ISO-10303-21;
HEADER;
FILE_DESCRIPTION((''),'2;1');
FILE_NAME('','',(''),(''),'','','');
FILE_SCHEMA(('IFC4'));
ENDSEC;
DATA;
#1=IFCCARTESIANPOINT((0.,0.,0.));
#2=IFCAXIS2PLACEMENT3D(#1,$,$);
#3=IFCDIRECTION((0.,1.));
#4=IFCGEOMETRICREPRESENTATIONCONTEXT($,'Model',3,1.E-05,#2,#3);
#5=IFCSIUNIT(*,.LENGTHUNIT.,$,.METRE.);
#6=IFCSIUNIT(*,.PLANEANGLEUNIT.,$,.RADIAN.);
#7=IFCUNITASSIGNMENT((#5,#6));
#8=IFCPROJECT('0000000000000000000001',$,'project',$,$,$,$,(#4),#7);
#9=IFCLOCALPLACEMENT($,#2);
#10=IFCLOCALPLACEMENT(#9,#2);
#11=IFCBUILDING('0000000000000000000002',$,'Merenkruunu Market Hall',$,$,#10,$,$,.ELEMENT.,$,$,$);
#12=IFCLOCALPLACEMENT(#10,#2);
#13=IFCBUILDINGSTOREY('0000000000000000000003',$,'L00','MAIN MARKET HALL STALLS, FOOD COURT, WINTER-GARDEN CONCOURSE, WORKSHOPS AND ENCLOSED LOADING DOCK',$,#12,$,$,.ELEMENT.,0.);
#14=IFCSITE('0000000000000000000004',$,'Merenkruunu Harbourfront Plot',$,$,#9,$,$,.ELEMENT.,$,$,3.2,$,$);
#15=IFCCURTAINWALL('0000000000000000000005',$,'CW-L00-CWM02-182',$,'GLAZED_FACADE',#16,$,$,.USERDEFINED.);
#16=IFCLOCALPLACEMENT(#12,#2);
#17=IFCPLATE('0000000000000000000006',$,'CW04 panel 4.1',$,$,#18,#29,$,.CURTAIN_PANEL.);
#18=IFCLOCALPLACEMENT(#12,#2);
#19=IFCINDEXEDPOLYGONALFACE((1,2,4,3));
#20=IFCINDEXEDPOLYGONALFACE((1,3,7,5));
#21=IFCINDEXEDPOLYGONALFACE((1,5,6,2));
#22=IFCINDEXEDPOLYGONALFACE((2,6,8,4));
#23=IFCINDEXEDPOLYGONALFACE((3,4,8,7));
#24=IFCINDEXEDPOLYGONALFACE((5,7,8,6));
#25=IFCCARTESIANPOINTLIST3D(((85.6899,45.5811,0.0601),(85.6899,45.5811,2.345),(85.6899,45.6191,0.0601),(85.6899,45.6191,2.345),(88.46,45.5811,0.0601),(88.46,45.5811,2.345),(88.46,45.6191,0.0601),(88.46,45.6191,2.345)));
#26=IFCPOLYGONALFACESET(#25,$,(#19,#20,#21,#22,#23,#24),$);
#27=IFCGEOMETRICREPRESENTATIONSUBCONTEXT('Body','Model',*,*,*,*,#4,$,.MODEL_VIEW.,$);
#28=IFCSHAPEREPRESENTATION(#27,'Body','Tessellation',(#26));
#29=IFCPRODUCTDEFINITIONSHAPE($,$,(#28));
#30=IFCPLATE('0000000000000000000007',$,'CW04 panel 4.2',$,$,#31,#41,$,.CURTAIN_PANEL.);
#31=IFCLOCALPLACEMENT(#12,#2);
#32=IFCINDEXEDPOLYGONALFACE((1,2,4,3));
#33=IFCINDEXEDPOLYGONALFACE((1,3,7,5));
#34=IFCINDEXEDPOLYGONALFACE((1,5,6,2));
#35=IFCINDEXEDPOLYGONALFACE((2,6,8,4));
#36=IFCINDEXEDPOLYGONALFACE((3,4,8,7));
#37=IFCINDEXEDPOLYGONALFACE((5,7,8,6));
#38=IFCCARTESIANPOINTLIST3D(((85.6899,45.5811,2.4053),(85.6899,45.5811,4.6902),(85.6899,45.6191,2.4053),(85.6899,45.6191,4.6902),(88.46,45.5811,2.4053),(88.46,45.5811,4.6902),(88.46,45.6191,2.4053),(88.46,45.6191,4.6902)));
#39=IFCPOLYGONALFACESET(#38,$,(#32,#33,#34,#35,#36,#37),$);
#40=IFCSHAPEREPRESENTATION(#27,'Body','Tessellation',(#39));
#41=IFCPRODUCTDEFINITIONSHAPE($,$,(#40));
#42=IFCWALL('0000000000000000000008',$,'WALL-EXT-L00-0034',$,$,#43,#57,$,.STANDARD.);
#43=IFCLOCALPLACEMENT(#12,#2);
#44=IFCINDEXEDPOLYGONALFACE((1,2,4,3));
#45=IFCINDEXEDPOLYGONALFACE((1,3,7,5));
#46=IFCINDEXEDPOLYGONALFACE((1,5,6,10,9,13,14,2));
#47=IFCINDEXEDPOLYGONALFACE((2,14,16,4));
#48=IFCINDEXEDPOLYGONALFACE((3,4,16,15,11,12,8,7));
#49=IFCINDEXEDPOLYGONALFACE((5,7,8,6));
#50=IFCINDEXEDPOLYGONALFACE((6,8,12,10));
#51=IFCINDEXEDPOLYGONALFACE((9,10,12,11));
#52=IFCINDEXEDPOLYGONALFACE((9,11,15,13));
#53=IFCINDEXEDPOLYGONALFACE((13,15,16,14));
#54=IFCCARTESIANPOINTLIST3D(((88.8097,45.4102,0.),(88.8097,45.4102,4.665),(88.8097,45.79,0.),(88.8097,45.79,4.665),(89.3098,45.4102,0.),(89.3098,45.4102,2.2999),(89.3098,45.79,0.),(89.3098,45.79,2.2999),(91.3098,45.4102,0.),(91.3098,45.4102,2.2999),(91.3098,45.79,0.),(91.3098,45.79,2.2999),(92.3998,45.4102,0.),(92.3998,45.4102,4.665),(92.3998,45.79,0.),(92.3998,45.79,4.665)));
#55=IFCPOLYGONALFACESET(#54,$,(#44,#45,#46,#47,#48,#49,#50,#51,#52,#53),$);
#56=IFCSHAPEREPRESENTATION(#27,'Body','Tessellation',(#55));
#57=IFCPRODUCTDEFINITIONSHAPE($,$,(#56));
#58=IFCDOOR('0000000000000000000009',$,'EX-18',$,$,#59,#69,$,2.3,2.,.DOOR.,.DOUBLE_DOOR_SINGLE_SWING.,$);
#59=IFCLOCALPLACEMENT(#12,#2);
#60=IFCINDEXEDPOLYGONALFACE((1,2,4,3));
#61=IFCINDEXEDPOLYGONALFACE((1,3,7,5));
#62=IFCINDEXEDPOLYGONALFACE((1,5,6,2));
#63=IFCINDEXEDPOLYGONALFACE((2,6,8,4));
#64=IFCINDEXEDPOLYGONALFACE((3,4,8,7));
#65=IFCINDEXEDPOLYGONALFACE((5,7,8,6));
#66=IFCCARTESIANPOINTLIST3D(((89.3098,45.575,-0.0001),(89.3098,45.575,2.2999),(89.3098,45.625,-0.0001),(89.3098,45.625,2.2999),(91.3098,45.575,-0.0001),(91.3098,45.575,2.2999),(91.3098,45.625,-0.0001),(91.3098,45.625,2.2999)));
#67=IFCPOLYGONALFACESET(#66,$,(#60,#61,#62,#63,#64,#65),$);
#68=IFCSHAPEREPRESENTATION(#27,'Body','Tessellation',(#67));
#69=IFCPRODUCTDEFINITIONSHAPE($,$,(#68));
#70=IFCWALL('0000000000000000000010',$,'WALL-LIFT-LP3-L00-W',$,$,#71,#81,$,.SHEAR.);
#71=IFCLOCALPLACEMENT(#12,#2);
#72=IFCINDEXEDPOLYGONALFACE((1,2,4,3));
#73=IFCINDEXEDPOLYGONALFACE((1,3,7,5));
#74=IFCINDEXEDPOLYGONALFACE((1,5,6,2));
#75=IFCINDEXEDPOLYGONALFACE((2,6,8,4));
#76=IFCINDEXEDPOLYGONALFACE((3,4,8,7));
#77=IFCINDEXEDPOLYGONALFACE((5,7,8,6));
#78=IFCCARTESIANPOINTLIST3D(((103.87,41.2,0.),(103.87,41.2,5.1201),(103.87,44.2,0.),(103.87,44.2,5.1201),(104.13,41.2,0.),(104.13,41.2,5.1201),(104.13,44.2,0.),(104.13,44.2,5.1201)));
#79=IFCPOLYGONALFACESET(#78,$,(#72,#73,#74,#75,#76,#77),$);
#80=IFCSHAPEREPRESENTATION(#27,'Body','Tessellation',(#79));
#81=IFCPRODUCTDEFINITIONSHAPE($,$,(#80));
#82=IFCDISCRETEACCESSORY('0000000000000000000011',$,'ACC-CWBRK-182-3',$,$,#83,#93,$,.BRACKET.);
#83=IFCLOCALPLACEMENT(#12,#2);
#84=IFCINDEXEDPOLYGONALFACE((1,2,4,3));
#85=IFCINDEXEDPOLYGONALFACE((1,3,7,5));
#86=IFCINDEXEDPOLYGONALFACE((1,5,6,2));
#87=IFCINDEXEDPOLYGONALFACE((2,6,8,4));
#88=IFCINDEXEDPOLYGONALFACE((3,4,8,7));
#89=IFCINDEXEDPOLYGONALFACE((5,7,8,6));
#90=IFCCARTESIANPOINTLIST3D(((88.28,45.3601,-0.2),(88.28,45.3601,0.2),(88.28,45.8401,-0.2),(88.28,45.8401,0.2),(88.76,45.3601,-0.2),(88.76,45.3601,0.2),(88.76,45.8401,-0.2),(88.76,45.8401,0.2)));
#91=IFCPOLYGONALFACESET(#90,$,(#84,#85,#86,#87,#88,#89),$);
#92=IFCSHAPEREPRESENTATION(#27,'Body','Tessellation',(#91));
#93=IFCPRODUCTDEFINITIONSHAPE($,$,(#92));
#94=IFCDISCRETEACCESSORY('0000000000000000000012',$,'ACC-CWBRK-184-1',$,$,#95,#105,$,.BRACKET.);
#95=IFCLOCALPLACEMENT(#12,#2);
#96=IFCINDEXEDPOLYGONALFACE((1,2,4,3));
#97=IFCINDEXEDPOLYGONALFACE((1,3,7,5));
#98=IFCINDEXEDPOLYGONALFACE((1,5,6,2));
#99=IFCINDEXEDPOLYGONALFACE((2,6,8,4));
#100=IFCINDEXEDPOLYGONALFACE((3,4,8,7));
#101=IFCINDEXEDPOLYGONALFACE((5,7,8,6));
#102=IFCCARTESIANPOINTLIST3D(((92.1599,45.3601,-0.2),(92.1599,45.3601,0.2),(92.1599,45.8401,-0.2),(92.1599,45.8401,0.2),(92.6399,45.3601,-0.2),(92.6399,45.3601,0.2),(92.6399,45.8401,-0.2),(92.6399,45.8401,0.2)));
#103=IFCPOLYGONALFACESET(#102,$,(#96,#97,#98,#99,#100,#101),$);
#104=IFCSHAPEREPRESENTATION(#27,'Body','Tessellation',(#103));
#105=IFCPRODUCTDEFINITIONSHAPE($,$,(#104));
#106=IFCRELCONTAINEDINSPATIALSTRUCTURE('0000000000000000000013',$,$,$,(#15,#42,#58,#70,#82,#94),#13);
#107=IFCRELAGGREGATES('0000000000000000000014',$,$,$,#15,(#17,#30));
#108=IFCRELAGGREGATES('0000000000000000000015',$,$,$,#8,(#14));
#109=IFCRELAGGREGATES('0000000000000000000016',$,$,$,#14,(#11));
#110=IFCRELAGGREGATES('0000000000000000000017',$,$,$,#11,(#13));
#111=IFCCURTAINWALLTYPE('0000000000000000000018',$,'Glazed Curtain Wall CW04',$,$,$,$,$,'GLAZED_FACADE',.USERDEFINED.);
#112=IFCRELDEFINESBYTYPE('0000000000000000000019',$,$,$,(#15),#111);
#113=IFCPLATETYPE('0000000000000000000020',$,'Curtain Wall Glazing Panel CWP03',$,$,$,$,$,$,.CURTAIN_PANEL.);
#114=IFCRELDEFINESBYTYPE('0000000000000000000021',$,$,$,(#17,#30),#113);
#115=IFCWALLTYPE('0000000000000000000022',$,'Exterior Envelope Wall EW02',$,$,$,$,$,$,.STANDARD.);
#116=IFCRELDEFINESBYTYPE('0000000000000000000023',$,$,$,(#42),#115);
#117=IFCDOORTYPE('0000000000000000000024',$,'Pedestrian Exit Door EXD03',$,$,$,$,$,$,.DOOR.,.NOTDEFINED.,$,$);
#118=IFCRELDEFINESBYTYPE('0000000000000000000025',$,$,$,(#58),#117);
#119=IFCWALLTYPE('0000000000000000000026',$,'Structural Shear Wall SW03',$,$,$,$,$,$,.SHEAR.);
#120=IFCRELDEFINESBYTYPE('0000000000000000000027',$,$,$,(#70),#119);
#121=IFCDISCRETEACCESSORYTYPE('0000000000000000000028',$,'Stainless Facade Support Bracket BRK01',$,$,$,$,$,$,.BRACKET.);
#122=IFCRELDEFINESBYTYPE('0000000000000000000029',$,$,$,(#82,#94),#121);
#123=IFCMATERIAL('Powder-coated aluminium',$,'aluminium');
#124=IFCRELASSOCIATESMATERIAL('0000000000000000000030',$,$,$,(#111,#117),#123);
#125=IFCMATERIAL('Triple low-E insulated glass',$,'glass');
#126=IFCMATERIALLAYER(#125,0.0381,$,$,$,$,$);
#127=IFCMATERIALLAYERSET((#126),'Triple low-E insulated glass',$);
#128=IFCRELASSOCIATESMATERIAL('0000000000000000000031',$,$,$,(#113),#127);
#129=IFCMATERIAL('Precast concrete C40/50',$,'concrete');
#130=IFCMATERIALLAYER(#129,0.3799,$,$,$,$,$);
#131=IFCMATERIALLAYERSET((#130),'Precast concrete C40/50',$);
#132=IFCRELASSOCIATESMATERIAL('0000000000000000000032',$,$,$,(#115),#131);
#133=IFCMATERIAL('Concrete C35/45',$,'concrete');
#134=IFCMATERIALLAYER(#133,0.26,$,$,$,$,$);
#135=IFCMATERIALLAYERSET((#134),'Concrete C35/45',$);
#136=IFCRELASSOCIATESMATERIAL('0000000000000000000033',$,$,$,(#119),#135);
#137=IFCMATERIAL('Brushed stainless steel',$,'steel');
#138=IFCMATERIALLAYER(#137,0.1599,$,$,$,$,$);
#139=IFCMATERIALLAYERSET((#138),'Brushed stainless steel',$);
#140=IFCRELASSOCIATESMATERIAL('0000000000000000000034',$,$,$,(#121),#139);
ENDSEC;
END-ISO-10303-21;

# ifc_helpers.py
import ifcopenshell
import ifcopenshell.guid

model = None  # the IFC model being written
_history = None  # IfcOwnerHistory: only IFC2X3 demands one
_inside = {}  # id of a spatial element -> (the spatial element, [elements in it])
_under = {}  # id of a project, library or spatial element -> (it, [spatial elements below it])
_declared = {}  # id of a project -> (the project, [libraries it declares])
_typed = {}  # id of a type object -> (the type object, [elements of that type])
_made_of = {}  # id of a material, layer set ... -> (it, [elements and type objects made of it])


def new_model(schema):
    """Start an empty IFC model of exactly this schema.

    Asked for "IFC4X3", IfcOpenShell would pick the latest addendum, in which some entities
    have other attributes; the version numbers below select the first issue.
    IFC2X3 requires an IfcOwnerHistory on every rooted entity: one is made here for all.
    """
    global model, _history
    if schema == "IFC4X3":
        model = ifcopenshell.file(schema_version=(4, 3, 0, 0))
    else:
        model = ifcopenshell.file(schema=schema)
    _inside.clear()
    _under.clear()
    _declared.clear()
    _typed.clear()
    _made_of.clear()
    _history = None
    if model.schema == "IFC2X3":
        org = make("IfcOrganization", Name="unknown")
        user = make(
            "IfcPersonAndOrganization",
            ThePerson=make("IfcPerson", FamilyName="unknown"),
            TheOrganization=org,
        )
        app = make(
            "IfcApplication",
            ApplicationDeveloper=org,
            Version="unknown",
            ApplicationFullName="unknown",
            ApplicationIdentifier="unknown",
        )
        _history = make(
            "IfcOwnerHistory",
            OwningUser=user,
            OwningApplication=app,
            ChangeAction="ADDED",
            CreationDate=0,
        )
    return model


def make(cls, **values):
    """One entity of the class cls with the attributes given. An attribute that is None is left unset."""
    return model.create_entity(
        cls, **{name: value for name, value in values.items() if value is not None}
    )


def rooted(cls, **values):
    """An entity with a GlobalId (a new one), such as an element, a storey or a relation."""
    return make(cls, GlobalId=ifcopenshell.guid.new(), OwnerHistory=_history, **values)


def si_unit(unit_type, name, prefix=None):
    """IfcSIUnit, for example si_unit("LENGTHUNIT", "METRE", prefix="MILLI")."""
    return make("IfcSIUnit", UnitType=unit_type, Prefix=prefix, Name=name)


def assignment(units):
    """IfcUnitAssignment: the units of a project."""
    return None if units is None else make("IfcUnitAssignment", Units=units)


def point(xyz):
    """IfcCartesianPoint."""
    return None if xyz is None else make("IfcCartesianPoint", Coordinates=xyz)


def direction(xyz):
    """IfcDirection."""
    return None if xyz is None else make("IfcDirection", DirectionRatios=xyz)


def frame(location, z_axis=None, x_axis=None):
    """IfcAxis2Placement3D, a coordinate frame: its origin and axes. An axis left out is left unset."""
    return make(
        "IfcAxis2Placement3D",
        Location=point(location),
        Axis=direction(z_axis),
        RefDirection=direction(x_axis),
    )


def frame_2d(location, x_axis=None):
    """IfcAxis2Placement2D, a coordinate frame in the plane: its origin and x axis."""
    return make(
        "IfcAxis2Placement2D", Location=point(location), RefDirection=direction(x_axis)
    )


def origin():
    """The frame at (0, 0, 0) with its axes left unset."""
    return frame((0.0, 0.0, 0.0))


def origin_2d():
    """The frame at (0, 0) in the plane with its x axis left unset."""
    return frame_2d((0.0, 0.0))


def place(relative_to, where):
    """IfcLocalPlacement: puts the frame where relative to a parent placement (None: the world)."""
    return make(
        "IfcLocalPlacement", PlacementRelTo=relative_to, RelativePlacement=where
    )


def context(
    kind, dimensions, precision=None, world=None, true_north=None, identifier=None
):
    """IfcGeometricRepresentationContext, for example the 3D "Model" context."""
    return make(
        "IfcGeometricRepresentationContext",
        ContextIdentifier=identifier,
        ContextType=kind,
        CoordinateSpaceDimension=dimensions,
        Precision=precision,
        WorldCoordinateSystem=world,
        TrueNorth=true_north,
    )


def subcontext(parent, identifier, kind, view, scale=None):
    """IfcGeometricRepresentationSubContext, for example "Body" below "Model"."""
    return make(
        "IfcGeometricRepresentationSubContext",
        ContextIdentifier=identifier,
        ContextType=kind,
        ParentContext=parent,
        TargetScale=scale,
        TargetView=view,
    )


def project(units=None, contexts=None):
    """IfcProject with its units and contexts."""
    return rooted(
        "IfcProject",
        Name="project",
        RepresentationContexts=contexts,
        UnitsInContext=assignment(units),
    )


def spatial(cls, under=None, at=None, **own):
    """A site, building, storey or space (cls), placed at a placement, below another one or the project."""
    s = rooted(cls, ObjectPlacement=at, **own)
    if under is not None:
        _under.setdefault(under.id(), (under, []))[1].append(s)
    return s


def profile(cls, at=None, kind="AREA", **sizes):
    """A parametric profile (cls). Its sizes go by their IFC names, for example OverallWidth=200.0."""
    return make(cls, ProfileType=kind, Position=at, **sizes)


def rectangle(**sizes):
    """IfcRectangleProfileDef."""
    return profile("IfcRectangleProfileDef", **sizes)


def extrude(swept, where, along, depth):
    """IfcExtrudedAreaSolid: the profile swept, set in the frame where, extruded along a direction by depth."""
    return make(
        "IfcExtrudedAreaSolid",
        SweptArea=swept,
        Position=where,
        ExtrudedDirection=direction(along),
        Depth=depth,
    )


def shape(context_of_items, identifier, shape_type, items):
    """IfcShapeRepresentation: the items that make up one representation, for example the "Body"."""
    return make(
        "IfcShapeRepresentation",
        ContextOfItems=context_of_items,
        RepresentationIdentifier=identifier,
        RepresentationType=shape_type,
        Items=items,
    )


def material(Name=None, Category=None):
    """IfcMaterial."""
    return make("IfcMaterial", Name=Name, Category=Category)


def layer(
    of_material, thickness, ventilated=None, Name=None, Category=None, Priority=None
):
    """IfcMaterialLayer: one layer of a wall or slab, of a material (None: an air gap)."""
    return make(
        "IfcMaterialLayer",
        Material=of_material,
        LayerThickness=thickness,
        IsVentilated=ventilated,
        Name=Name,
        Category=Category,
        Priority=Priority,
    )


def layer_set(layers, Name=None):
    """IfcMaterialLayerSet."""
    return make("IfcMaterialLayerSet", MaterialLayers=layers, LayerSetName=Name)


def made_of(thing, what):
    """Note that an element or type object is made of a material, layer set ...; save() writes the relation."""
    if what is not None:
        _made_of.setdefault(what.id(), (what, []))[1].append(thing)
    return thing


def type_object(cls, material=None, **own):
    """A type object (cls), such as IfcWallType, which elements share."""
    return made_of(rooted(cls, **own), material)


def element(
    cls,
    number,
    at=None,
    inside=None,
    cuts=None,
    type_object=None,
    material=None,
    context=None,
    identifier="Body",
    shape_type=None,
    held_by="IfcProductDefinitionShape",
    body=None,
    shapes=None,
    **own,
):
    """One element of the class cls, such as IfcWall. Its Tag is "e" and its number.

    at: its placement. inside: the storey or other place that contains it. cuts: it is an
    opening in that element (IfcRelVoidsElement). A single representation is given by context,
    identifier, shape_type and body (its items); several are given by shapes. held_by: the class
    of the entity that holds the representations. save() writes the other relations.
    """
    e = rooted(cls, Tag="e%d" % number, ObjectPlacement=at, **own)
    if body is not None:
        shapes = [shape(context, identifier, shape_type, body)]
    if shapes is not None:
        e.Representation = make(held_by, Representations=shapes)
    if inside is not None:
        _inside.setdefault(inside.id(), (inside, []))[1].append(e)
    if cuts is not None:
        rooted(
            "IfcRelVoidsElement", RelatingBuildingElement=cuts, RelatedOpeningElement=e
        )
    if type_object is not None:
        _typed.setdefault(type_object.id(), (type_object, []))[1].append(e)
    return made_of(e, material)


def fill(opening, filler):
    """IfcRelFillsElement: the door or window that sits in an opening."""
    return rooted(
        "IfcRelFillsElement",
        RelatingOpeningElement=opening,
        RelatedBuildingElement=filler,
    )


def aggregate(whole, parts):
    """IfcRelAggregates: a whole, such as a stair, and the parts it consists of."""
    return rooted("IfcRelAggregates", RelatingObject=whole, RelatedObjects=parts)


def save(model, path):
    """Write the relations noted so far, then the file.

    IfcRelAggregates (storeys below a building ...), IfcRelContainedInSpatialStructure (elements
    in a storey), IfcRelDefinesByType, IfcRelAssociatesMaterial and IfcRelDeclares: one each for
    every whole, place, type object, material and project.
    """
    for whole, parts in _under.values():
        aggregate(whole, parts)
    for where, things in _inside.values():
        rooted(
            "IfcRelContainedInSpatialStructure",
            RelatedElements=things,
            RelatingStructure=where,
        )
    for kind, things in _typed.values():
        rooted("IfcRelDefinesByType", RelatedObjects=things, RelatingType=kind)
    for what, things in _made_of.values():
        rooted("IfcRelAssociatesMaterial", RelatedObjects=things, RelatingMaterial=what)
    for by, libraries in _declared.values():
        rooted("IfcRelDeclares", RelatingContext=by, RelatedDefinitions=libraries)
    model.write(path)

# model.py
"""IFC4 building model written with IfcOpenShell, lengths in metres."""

from ifc_helpers import new_model, si_unit, direction, frame, frame_2d, origin, origin_2d, place, context, subcontext, project, spatial, rectangle, extrude, material, layer, layer_set, type_object, element, fill, aggregate, save


model = new_model("IFC4")

# Units and contexts
model_context = context("Model", 3, precision=1e-05, world=origin(), true_north=direction((0.0, 1.0)))
body_context = subcontext(model_context, "Body", "Model", "MODEL_VIEW")
ifc_project = project(units=[si_unit("LENGTHUNIT", "METRE"), si_unit("PLANEANGLEUNIT", "RADIAN")], contexts=[model_context])

# Site, building, storey
site_placement = place(None, origin())
site = spatial("IfcSite", under=ifc_project, at=site_placement, Name="Merenkruunu Harbourfront Plot", CompositionType="ELEMENT", RefElevation=3.2)
building_placement = place(site_placement, origin())
building = spatial("IfcBuilding", under=site, at=building_placement, Name="Merenkruunu Market Hall", CompositionType="ELEMENT")
storey_placement = place(building_placement, origin())
storey = spatial("IfcBuildingStorey", under=building, at=storey_placement, Name="L00", Description="MAIN MARKET HALL STALLS, FOOD COURT, WINTER-GARDEN CONCOURSE, WORKSHOPS AND ENCLOSED LOADING DOCK", CompositionType="ELEMENT", Elevation=0.0)

# Shared definitions
ifc_material_1 = material(Name="Powder-coated aluminium", Category="aluminium")

# Curtain wall
curtain_wall_type_1 = type_object("IfcCurtainWallType", Name="Glazed Curtain Wall CW04", ElementType="GLAZED_FACADE", PredefinedType="USERDEFINED", material=ifc_material_1)
curtain_wall_1_placement = place(storey_placement, origin())
curtain_wall_1 = element("IfcCurtainWall", 1, at=curtain_wall_1_placement, inside=storey, type_object=curtain_wall_type_1, Name="CW-L00-CWM02-182", ObjectType="GLAZED_FACADE", PredefinedType="USERDEFINED")

# Plates
ifc_material_2 = material(Name="Triple low-E insulated glass", Category="glass")
ifc_layer_1 = layer(ifc_material_2, 0.0381)
ifc_layer_set_1 = layer_set([ifc_layer_1], Name="Triple low-E insulated glass")
plate_type_1 = type_object("IfcPlateType", Name="Curtain Wall Glazing Panel CWP03", PredefinedType="CURTAIN_PANEL", material=ifc_layer_set_1)
plate_1_placement = place(storey_placement, frame((87.075, 45.6001, 0.0601), z_axis=(0.0, 0.0, 1.0), x_axis=(1.0, 0.0, 0.0)))
plate_1 = element("IfcPlate", 2, at=plate_1_placement, type_object=plate_type_1, Name="CW04 panel 4.1", PredefinedType="CURTAIN_PANEL", context=body_context, shape_type="SweptSolid", body=[
    extrude(rectangle(XDim=2.77, YDim=0.0381, at=origin_2d()), origin(), (0.0, 0.0, 1.0), 2.2849),
])
plate_2_placement = place(storey_placement, frame((87.075, 45.6001, 2.4053), z_axis=(0.0, 0.0, 1.0), x_axis=(1.0, 0.0, 0.0)))
plate_2 = element("IfcPlate", 3, at=plate_2_placement, type_object=plate_type_1, Name="CW04 panel 4.2", PredefinedType="CURTAIN_PANEL", context=body_context, shape_type="SweptSolid", body=[
    extrude(rectangle(XDim=2.77, YDim=0.0381, at=origin_2d()), origin(), (0.0, 0.0, 1.0), 2.2849),
])
aggregate(curtain_wall_1, [plate_1, plate_2])

# Wall, opening, door
ifc_material_3 = material(Name="Precast concrete C40/50", Category="concrete")
ifc_layer_2 = layer(ifc_material_3, 0.3799)
ifc_layer_set_2 = layer_set([ifc_layer_2], Name="Precast concrete C40/50")
wall_type_1 = type_object("IfcWallType", Name="Exterior Envelope Wall EW02", PredefinedType="STANDARD", material=ifc_layer_set_2)
wall_1_placement = place(storey_placement, frame((88.8098, 45.6001, 0.0), z_axis=(0.0, 0.0, 1.0), x_axis=(1.0, 0.0, 0.0)))
wall_1 = element("IfcWall", 4, at=wall_1_placement, inside=storey, type_object=wall_type_1, Name="WALL-EXT-L00-0034", PredefinedType="STANDARD", context=body_context, shape_type="SweptSolid", body=[
    extrude(rectangle(XDim=3.5901, YDim=0.3799, at=frame_2d((1.7949, 0.0))), origin(), (0.0, 0.0, 1.0), 4.665),
])
opening_placement = place(wall_1_placement, frame((0.5, 0.0, 0.0)))
opening = element("IfcOpeningElement", 5, at=opening_placement, cuts=wall_1, PredefinedType="OPENING", context=body_context, shape_type="SweptSolid", body=[
    extrude(rectangle(XDim=2.0, YDim=2.3, at=frame_2d((1.0, 1.1499))), frame((0.0, 0.2, 0.0), z_axis=(0.0, -1.0, 0.0), x_axis=(1.0, 0.0, 0.0)), (0.0, 0.0, 1.0), 0.3999),
])
door_type = type_object("IfcDoorType", Name="Pedestrian Exit Door EXD03", OperationType="NOTDEFINED", PredefinedType="DOOR", material=ifc_material_1)
door_placement = place(opening_placement, origin())
door = element("IfcDoor", 6, at=door_placement, inside=storey, type_object=door_type, Name="EX-18", OperationType="DOUBLE_DOOR_SINGLE_SWING", OverallHeight=2.3, OverallWidth=2.0, PredefinedType="DOOR", context=body_context, shape_type="SweptSolid", body=[
    extrude(rectangle(XDim=2.0, YDim=2.3, at=frame_2d((1.0, 1.1499))), frame((0.0, 0.0249, 0.0), z_axis=(0.0, -1.0, 0.0), x_axis=(1.0, 0.0, 0.0)), (0.0, 0.0, 1.0), 0.05),
])
fill(opening, door)

# Wall
ifc_material_4 = material(Name="Concrete C35/45", Category="concrete")
ifc_layer_3 = layer(ifc_material_4, 0.26)
ifc_layer_set_3 = layer_set([ifc_layer_3], Name="Concrete C35/45")
wall_type_2 = type_object("IfcWallType", Name="Structural Shear Wall SW03", PredefinedType="SHEAR", material=ifc_layer_set_3)
wall_2_placement = place(storey_placement, frame((104.0, 44.2, 0.0), z_axis=(0.0, 0.0, 1.0), x_axis=(0.0, -1.0, 0.0)))
element("IfcWall", 7, at=wall_2_placement, inside=storey, type_object=wall_type_2, Name="WALL-LIFT-LP3-L00-W", PredefinedType="SHEAR", context=body_context, shape_type="SweptSolid", body=[
    extrude(rectangle(XDim=3.0, YDim=0.26, at=frame_2d((1.5, 0.0))), origin(), (0.0, 0.0, 1.0), 5.1201),
])

# Discrete accessories
ifc_material_5 = material(Name="Brushed stainless steel", Category="steel")
ifc_layer_4 = layer(ifc_material_5, 0.1599)
ifc_layer_set_4 = layer_set([ifc_layer_4], Name="Brushed stainless steel")
discrete_accessory_type = type_object("IfcDiscreteAccessoryType", Name="Stainless Facade Support Bracket BRK01", PredefinedType="BRACKET", material=ifc_layer_set_4)
for number, where, z_axis, x_axis, name in (
    (8, (88.52, 45.6001, -0.2), (0.0, 0.0, 1.0), (1.0, 0.0, 0.0), "ACC-CWBRK-182-3"),
    (9, (92.3999, 45.6001, -0.2), (0.0, 0.0, 1.0), (1.0, 0.0, 0.0), "ACC-CWBRK-184-1"),
):
    element("IfcDiscreteAccessory", number, at=place(storey_placement, frame(where, z_axis=z_axis, x_axis=x_axis)), inside=storey, type_object=discrete_accessory_type, Name=name, PredefinedType="BRACKET", context=body_context, shape_type="SweptSolid", body=[
        extrude(rectangle(XDim=0.48, YDim=0.48, at=origin_2d()), origin(), (0.0, 0.0, 1.0), 0.3999),
    ])

save(model, "model.ifc")
